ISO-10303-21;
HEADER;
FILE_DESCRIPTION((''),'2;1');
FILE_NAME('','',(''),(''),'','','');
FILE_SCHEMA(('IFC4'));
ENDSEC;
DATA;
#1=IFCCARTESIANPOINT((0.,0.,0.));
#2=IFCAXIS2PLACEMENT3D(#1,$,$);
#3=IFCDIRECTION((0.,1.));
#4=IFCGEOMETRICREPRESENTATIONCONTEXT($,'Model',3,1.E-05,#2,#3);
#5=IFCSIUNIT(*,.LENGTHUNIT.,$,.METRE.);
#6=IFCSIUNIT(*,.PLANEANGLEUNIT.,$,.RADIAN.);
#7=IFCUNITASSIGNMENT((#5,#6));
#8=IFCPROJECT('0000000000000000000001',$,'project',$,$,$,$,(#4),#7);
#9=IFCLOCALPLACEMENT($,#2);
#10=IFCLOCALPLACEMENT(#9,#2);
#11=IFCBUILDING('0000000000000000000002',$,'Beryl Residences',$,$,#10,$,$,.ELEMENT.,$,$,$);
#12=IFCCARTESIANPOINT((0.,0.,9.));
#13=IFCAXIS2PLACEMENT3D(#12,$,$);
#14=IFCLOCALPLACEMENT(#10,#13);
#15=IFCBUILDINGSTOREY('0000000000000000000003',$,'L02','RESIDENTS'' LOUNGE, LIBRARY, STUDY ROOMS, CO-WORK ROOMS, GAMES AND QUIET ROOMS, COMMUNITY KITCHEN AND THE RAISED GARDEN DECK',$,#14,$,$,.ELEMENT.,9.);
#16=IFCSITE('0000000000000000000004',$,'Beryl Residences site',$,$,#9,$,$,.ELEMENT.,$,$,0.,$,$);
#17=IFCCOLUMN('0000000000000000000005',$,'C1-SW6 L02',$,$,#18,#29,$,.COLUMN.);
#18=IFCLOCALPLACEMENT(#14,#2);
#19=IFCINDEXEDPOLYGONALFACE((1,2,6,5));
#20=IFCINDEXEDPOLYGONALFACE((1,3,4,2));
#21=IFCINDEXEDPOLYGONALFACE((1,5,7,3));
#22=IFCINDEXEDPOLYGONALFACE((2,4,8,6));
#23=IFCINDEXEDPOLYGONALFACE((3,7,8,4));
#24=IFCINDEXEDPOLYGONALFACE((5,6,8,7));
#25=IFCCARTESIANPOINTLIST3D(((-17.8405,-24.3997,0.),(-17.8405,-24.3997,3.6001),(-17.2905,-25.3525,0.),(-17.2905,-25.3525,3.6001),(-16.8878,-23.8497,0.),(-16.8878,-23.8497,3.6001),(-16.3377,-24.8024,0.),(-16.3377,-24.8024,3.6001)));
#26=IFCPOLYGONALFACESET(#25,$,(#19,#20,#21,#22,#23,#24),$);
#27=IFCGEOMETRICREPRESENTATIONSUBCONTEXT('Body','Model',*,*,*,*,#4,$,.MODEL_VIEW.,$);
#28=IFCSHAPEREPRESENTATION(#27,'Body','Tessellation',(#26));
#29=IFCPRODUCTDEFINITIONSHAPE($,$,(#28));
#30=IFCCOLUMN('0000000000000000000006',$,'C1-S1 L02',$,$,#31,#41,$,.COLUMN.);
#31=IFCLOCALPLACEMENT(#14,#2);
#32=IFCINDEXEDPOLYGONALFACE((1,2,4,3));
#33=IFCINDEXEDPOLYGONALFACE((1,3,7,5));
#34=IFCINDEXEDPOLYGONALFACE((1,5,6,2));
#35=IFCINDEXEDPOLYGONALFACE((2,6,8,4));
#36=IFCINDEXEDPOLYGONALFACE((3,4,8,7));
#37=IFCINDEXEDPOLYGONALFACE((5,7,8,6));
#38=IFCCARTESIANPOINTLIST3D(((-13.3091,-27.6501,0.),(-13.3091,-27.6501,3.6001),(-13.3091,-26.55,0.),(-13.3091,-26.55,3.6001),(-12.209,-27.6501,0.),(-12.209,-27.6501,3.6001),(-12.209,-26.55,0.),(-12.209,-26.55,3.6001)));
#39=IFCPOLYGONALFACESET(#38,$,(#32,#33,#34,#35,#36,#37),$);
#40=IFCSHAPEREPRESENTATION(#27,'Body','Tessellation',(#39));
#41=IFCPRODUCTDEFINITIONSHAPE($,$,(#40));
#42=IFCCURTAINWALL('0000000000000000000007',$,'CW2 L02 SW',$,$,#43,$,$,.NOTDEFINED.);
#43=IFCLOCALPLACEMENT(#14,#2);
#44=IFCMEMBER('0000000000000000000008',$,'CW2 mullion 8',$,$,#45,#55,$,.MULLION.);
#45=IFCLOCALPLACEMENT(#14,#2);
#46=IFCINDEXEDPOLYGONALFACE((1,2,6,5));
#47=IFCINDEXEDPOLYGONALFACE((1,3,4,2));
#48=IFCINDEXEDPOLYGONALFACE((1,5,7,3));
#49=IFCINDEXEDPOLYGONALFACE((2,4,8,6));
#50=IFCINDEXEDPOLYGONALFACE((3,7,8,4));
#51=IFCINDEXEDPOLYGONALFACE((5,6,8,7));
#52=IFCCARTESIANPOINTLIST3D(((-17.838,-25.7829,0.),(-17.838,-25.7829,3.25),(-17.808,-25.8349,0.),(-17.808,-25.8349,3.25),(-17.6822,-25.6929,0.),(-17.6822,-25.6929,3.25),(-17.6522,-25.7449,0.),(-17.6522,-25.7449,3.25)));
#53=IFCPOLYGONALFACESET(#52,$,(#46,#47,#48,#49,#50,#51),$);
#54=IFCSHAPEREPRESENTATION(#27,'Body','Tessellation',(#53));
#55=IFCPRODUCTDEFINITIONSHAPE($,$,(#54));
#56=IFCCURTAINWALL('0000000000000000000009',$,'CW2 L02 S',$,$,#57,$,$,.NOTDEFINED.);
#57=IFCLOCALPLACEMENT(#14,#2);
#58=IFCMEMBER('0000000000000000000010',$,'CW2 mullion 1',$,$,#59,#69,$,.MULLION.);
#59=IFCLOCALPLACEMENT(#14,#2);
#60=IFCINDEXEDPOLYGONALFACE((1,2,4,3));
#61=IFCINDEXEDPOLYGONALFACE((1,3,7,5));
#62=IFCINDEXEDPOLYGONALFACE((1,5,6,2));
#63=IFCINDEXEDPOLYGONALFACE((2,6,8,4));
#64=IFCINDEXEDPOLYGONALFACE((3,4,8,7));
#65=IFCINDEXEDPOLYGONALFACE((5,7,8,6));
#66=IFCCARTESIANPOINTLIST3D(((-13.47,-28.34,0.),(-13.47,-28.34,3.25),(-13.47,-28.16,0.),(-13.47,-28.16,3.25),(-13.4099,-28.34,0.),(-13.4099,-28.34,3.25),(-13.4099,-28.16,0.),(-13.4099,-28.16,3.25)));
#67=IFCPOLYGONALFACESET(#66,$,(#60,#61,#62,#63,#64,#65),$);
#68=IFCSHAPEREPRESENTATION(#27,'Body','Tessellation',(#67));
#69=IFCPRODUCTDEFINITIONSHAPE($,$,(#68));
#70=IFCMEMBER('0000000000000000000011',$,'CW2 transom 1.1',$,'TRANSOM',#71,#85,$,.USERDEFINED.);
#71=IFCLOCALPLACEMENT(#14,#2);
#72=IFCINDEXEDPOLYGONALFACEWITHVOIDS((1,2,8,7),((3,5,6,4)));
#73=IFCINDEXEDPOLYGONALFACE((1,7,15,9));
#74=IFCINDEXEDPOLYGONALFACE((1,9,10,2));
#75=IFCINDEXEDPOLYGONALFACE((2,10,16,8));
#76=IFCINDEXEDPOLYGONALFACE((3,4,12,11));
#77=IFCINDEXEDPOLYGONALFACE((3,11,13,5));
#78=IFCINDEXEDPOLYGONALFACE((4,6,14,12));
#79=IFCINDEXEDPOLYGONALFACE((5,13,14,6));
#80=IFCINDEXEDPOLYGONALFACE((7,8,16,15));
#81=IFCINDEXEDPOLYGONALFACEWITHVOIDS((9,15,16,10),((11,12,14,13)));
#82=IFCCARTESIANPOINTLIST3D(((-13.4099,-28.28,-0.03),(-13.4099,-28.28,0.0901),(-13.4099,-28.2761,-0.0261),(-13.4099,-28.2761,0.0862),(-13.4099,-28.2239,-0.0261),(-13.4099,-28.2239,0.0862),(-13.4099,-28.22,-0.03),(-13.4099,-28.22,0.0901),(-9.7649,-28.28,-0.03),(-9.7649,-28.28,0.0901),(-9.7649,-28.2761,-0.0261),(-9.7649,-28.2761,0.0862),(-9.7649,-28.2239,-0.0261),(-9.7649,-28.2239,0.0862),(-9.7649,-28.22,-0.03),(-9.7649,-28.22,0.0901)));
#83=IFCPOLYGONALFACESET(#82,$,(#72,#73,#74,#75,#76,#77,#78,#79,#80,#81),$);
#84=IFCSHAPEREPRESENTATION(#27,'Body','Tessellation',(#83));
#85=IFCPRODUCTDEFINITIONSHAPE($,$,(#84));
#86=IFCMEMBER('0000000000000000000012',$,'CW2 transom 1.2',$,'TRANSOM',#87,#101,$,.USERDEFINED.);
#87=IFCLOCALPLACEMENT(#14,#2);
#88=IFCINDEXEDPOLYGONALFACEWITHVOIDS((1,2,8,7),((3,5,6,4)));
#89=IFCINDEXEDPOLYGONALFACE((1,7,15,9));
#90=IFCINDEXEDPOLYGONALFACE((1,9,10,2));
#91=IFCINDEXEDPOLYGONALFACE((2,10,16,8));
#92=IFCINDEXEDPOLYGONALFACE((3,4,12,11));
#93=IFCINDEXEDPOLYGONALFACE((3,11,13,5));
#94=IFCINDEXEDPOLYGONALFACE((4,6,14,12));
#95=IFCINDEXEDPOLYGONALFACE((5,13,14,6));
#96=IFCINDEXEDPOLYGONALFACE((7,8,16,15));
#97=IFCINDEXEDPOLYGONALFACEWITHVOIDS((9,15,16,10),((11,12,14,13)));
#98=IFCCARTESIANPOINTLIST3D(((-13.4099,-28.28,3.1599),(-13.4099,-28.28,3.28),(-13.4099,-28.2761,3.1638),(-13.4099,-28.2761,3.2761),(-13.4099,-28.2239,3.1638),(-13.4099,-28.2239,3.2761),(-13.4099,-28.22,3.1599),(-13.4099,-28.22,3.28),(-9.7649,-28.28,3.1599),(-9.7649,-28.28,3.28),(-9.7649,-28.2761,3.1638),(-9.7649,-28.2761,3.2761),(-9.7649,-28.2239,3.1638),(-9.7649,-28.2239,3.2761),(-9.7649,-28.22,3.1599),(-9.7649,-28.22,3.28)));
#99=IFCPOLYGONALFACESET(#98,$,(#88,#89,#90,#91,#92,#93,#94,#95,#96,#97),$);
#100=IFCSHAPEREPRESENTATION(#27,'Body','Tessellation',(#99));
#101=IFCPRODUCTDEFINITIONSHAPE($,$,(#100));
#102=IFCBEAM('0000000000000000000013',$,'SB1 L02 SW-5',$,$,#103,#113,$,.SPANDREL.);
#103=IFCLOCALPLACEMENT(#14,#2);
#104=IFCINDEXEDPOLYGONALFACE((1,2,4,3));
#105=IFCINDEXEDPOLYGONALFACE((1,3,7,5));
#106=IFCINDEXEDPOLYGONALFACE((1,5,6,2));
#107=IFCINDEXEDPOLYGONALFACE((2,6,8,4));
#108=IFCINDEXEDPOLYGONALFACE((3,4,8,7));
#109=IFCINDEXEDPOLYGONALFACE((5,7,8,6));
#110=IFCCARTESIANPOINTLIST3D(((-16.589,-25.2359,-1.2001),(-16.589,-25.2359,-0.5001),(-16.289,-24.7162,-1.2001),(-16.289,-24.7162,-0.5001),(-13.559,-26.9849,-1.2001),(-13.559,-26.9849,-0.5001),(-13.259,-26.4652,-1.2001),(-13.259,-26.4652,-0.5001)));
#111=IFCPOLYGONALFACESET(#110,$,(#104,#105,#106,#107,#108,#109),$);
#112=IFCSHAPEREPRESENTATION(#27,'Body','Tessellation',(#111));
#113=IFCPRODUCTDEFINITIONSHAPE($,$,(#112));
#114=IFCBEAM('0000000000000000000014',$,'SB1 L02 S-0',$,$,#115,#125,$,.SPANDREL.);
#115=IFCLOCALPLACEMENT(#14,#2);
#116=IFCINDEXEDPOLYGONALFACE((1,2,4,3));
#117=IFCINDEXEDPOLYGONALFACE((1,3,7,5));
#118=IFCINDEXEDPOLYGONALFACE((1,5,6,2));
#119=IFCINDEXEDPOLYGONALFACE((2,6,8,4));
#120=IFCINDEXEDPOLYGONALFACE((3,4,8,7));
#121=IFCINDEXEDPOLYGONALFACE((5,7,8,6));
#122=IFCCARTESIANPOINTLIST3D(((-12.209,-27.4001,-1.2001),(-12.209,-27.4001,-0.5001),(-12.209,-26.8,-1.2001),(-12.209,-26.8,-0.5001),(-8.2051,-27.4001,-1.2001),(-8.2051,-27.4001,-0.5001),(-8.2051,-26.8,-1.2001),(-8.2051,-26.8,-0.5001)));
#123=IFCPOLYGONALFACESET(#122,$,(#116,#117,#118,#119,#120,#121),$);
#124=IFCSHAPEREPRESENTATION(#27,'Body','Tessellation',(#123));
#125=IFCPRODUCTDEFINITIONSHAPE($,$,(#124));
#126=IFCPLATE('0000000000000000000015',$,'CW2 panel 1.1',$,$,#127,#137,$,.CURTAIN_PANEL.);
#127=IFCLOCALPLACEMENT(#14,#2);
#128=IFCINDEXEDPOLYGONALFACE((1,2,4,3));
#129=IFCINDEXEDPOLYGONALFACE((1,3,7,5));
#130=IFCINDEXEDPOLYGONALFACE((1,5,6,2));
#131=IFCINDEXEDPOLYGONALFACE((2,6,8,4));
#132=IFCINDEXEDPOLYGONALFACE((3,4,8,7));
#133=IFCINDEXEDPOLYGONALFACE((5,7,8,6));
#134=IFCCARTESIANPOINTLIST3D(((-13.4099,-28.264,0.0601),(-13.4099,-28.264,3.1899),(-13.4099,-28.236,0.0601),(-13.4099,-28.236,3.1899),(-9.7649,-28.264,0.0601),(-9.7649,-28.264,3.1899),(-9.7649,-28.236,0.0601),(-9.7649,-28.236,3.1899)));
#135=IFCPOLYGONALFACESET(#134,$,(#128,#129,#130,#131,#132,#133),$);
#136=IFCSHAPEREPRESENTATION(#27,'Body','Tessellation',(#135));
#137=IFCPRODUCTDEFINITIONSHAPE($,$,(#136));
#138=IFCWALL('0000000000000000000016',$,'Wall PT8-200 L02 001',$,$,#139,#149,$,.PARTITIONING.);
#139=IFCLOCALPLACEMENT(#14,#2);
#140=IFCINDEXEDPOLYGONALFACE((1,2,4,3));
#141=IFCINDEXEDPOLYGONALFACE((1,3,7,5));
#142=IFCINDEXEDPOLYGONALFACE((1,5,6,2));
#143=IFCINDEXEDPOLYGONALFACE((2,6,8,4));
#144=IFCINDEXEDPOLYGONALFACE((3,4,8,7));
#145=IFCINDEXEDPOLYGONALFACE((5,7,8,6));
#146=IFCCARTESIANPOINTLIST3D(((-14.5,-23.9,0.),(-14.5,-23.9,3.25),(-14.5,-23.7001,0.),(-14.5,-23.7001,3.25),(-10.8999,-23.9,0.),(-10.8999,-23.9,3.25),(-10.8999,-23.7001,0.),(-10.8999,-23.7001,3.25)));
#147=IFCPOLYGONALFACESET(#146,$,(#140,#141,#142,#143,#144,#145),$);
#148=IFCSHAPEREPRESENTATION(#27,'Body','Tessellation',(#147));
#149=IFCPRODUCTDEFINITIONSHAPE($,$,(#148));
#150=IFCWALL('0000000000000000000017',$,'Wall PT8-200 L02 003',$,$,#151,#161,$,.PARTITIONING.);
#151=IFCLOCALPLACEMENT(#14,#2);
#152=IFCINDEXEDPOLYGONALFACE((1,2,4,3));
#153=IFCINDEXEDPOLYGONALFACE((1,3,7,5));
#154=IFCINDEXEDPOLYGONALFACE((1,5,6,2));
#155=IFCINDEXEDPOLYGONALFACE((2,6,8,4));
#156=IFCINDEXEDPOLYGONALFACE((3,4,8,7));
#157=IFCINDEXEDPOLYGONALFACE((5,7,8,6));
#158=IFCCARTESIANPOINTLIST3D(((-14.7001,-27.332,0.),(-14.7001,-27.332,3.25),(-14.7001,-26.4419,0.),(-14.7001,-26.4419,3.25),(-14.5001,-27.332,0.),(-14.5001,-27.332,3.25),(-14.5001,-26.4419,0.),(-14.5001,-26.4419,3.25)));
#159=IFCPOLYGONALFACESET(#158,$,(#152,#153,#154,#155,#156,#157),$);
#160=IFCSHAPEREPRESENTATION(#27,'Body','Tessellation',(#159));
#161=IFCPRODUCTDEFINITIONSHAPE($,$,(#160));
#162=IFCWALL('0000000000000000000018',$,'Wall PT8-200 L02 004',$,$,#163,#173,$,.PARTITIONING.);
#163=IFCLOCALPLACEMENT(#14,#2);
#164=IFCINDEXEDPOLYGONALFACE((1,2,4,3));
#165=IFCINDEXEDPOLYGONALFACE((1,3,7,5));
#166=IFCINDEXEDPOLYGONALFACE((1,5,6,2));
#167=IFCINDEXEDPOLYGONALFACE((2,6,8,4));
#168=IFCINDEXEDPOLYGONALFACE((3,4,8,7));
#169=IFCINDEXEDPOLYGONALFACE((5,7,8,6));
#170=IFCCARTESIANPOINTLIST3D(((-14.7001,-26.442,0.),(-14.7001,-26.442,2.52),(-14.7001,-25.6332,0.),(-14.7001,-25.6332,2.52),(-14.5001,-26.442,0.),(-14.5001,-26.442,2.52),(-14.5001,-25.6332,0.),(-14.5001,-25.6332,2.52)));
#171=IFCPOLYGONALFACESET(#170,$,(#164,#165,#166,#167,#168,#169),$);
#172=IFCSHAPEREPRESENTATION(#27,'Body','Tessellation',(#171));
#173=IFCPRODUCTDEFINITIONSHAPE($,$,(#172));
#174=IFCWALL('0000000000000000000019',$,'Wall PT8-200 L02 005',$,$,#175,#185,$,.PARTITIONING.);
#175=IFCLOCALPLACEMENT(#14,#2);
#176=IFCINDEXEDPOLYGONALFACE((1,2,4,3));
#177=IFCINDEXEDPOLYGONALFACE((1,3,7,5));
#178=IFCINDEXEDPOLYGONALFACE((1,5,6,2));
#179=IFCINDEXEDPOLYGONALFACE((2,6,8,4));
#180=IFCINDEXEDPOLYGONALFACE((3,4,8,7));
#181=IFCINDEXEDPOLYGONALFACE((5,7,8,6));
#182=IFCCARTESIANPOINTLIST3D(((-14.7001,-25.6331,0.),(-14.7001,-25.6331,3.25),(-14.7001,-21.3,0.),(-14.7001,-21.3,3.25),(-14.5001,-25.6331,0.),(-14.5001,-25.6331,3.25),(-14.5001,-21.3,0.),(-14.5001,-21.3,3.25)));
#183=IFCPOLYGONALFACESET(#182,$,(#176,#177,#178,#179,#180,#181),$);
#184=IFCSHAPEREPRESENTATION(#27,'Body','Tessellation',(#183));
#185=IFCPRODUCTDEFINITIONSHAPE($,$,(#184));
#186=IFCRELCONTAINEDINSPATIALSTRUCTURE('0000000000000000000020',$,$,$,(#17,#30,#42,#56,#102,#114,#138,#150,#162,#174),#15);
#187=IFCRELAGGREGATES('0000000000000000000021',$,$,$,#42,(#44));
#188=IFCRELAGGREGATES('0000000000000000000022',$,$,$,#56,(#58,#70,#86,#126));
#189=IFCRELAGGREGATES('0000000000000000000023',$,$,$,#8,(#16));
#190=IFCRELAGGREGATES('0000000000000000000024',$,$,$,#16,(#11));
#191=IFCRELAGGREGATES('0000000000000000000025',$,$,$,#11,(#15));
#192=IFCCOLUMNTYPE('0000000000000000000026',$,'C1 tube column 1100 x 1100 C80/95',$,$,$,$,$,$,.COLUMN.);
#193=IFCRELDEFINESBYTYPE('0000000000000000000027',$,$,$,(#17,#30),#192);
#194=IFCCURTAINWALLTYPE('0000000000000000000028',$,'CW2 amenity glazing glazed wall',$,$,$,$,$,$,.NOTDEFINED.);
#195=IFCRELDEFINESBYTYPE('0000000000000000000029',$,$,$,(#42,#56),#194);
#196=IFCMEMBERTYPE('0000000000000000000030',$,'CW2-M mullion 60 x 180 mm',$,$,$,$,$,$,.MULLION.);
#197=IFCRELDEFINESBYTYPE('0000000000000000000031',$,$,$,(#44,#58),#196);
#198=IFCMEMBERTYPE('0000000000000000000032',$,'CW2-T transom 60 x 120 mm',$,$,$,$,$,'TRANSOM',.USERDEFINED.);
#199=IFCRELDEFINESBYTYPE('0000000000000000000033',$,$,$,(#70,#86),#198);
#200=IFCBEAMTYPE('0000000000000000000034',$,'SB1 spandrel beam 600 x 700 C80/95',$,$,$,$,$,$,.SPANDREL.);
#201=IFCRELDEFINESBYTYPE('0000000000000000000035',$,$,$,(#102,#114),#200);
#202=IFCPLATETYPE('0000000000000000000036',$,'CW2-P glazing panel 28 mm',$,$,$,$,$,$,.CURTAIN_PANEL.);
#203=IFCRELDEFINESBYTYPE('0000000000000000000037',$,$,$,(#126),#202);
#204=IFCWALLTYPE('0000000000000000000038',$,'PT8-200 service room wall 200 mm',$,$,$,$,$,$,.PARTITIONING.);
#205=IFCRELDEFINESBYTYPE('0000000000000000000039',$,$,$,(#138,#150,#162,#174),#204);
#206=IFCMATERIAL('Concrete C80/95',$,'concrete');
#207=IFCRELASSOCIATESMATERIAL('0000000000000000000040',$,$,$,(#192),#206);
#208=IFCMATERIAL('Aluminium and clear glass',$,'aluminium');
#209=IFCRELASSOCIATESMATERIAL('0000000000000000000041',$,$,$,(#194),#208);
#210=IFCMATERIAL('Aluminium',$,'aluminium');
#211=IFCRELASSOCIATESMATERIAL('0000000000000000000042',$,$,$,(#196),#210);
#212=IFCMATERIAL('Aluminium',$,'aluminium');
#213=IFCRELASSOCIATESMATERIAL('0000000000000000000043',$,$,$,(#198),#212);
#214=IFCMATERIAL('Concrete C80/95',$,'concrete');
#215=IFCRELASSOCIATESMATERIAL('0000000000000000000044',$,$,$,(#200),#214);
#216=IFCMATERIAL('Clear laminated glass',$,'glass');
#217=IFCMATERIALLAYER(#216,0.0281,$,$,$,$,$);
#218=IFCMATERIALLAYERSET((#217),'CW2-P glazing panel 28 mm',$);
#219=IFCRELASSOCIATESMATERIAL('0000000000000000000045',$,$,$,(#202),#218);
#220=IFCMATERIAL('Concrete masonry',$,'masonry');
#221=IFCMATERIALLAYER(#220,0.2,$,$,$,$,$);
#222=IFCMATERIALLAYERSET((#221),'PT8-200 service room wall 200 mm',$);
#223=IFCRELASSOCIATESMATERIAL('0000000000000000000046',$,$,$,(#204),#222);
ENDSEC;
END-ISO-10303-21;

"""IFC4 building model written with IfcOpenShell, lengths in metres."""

from ifc_helpers import new_model, si_unit, direction, frame, frame_2d, origin, origin_2d, place, context, subcontext, project, spatial, rectangle, hollow_rectangle, extrude, material, layer, layer_set, material_profile, profile_set, type_object, element, aggregate, save


model = new_model("IFC4")

# Units and contexts
model_context = context("Model", 3, precision=1e-05, world=origin(), true_north=direction((0.0, 1.0)))
body_context = subcontext(model_context, "Body", "Model", "MODEL_VIEW")
ifc_project = project(units=[si_unit("LENGTHUNIT", "METRE"), si_unit("PLANEANGLEUNIT", "RADIAN")], contexts=[model_context])

# Site, building, storey
site_placement = place(None, origin())
site = spatial("IfcSite", under=ifc_project, at=site_placement, Name="Beryl Residences site", CompositionType="ELEMENT", RefElevation=0.0)
building_placement = place(site_placement, origin())
building = spatial("IfcBuilding", under=site, at=building_placement, Name="Beryl Residences", CompositionType="ELEMENT")
storey_placement = place(building_placement, frame((0.0, 0.0, 9.0)))
storey = spatial("IfcBuildingStorey", under=building, at=storey_placement, Name="L02", Description="RESIDENTS' LOUNGE, LIBRARY, STUDY ROOMS, CO-WORK ROOMS, GAMES AND QUIET ROOMS, COMMUNITY KITCHEN AND THE RAISED GARDEN DECK", CompositionType="ELEMENT", Elevation=9.0)

# Columns
ifc_material_1 = material(Name="Concrete C80/95", Category="concrete")
ifc_material_profile_1 = material_profile(ifc_material_1, rectangle(XDim=1.1001, YDim=1.1001, at=origin_2d()))
ifc_profile_set_1 = profile_set([ifc_material_profile_1], Name="Concrete C80/95")
column_type = type_object("IfcColumnType", Name="C1 tube column 1100 x 1100 C80/95", PredefinedType="COLUMN", material=ifc_profile_set_1)
for number, where, z_axis, x_axis, name in (
    (1, (-17.0891, -24.6011, 0.0), (0.0, 0.0, 1.0), (0.499985, -0.866034, 0.0), "C1-SW6 L02"),
    (2, (-12.759, -27.1001, 0.0), (0.0, 0.0, 1.0), (1.0, 0.0, 0.0), "C1-S1 L02"),
):
    element("IfcColumn", number, at=place(storey_placement, frame(where, z_axis=z_axis, x_axis=x_axis)), inside=storey, type_object=column_type, Name=name, PredefinedType="COLUMN", context=body_context, shape_type="SweptSolid", body=[
        extrude(rectangle(XDim=1.1001, YDim=1.1001, at=origin_2d()), origin(), (0.0, 0.0, 1.0), 3.6001),
    ])

# Curtain wall, member
ifc_material_2 = material(Name="Aluminium and clear glass", Category="aluminium")
curtain_wall_type = type_object("IfcCurtainWallType", Name="CW2 amenity glazing glazed wall", PredefinedType="NOTDEFINED", material=ifc_material_2)
curtain_wall_1_placement = place(storey_placement, origin())
curtain_wall_1 = element("IfcCurtainWall", 3, at=curtain_wall_1_placement, inside=storey, type_object=curtain_wall_type, Name="CW2 L02 SW", PredefinedType="NOTDEFINED")
ifc_material_3 = material(Name="Aluminium", Category="aluminium")
ifc_material_profile_2 = material_profile(ifc_material_3, rectangle(XDim=0.0601, YDim=0.1799, at=origin_2d()))
ifc_profile_set_2 = profile_set([ifc_material_profile_2], Name="Aluminium")
member_type_1 = type_object("IfcMemberType", Name="CW2-M mullion 60 x 180 mm", PredefinedType="MULLION", material=ifc_profile_set_2)
member_1_placement = place(storey_placement, frame((-17.7451, -25.7639, 0.0), z_axis=(0.0, 0.0, 1.0), x_axis=(0.500012, -0.866019, 0.0)))
member_1 = element("IfcMember", 4, at=member_1_placement, type_object=member_type_1, Name="CW2 mullion 8", PredefinedType="MULLION", context=body_context, shape_type="SweptSolid", body=[
    extrude(rectangle(XDim=0.0601, YDim=0.1799, at=origin_2d()), origin(), (0.0, 0.0, 1.0), 3.25),
])
aggregate(curtain_wall_1, [member_1])

# Curtain wall, members
curtain_wall_2_placement = place(storey_placement, origin())
curtain_wall_2 = element("IfcCurtainWall", 5, at=curtain_wall_2_placement, inside=storey, type_object=curtain_wall_type, Name="CW2 L02 S", PredefinedType="NOTDEFINED")
member_2_placement = place(storey_placement, frame((-13.4399, -28.25, 0.0), z_axis=(0.0, 0.0, 1.0), x_axis=(1.0, 0.0, 0.0)))
member_2 = element("IfcMember", 6, at=member_2_placement, type_object=member_type_1, Name="CW2 mullion 1", PredefinedType="MULLION", context=body_context, shape_type="SweptSolid", body=[
    extrude(rectangle(XDim=0.0601, YDim=0.1799, at=origin_2d()), origin(), (0.0, 0.0, 1.0), 3.25),
])
ifc_material_4 = material(Name="Aluminium", Category="aluminium")
ifc_material_profile_3 = material_profile(ifc_material_4, hollow_rectangle(XDim=0.0601, YDim=0.1201, WallThickness=0.0039, at=origin_2d()))
ifc_profile_set_3 = profile_set([ifc_material_profile_3], Name="Aluminium")
member_type_2 = type_object("IfcMemberType", Name="CW2-T transom 60 x 120 mm", ElementType="TRANSOM", PredefinedType="USERDEFINED", material=ifc_profile_set_3)
member_3_placement = place(storey_placement, frame((-13.4099, -28.25, 0.03), z_axis=(1.0, 0.0, 0.0), x_axis=(0.0, 1.0, 0.0)))
member_3 = element("IfcMember", 7, at=member_3_placement, type_object=member_type_2, Name="CW2 transom 1.1", ObjectType="TRANSOM", PredefinedType="USERDEFINED", context=body_context, shape_type="SweptSolid", body=[
    extrude(hollow_rectangle(XDim=0.0601, YDim=0.1201, WallThickness=0.0039, at=origin_2d()), origin(), (0.0, 0.0, 1.0), 3.645),
])
member_4_placement = place(storey_placement, frame((-13.4099, -28.25, 3.22), z_axis=(1.0, 0.0, 0.0), x_axis=(0.0, 1.0, 0.0)))
member_4 = element("IfcMember", 8, at=member_4_placement, type_object=member_type_2, Name="CW2 transom 1.2", ObjectType="TRANSOM", PredefinedType="USERDEFINED", context=body_context, shape_type="SweptSolid", body=[
    extrude(hollow_rectangle(XDim=0.0601, YDim=0.1201, WallThickness=0.0039, at=origin_2d()), origin(), (0.0, 0.0, 1.0), 3.645),
])

# Beams
ifc_material_5 = material(Name="Concrete C80/95", Category="concrete")
ifc_material_profile_4 = material_profile(ifc_material_5, rectangle(XDim=0.6001, YDim=0.7, at=origin_2d()))
ifc_profile_set_4 = profile_set([ifc_material_profile_4], Name="Concrete C80/95")
beam_type = type_object("IfcBeamType", Name="SB1 spandrel beam 600 x 700 C80/95", PredefinedType="SPANDREL", material=ifc_profile_set_4)
beam_1_placement = place(storey_placement, frame((-16.439, -24.9761, -0.8501), z_axis=(0.866071, -0.499922, 0.0), x_axis=(0.499922, 0.866071, 0.0)))
element("IfcBeam", 9, at=beam_1_placement, inside=storey, type_object=beam_type, Name="SB1 L02 SW-5", PredefinedType="SPANDREL", context=body_context, shape_type="SweptSolid", body=[
    extrude(rectangle(XDim=0.6001, YDim=0.7, at=origin_2d()), origin(), (0.0, 0.0, 1.0), 3.4985),
])
beam_2_placement = place(storey_placement, frame((-12.209, -27.1001, -0.8501), z_axis=(1.0, 0.0, 0.0), x_axis=(0.0, 1.0, 0.0)))
element("IfcBeam", 10, at=beam_2_placement, inside=storey, type_object=beam_type, Name="SB1 L02 S-0", PredefinedType="SPANDREL", context=body_context, shape_type="SweptSolid", body=[
    extrude(rectangle(XDim=0.6001, YDim=0.7, at=origin_2d()), origin(), (0.0, 0.0, 1.0), 4.0039),
])

# Plate
ifc_material_6 = material(Name="Clear laminated glass", Category="glass")
ifc_layer_1 = layer(ifc_material_6, 0.0281)
ifc_layer_set_1 = layer_set([ifc_layer_1], Name="CW2-P glazing panel 28 mm")
plate_type = type_object("IfcPlateType", Name="CW2-P glazing panel 28 mm", PredefinedType="CURTAIN_PANEL", material=ifc_layer_set_1)
plate_placement = place(storey_placement, frame((-11.5874, -28.25, 0.0601), z_axis=(0.0, 0.0, 1.0), x_axis=(1.0, 0.0, 0.0)))
plate = element("IfcPlate", 11, at=plate_placement, type_object=plate_type, Name="CW2 panel 1.1", PredefinedType="CURTAIN_PANEL", context=body_context, shape_type="SweptSolid", body=[
    extrude(rectangle(XDim=3.645, YDim=0.0281, at=origin_2d()), origin(), (0.0, 0.0, 1.0), 3.1299),
])
aggregate(curtain_wall_2, [member_2, member_3, member_4, plate])

# Walls
ifc_material_7 = material(Name="Concrete masonry", Category="masonry")
ifc_layer_2 = layer(ifc_material_7, 0.2)
ifc_layer_set_2 = layer_set([ifc_layer_2], Name="PT8-200 service room wall 200 mm")
wall_type_1 = type_object("IfcWallType", Name="PT8-200 service room wall 200 mm", PredefinedType="PARTITIONING", material=ifc_layer_set_2)
wall_1_placement = place(storey_placement, frame((-14.5, -23.8, 0.0), z_axis=(0.0, 0.0, 1.0), x_axis=(1.0, 0.0, 0.0)))
element("IfcWall", 12, at=wall_1_placement, inside=storey, type_object=wall_type_1, Name="Wall PT8-200 L02 001", PredefinedType="PARTITIONING", context=body_context, shape_type="SweptSolid", body=[
    extrude(rectangle(XDim=3.6001, YDim=0.2, at=frame_2d((1.8, 0.0))), origin(), (0.0, 0.0, 1.0), 3.25),
])
wall_2_placement = place(storey_placement, frame((-14.6001, -27.332, 0.0), z_axis=(0.0, 0.0, 1.0), x_axis=(0.0, 1.0, 0.0)))
element("IfcWall", 13, at=wall_2_placement, inside=storey, type_object=wall_type_1, Name="Wall PT8-200 L02 003", PredefinedType="PARTITIONING", context=body_context, shape_type="SweptSolid", body=[
    extrude(rectangle(XDim=0.8901, YDim=0.2, at=frame_2d((0.4451, 0.0))), origin(), (0.0, 0.0, 1.0), 3.25),
])
wall_3_placement = place(storey_placement, frame((-14.6001, -26.4419, 0.0), z_axis=(0.0, 0.0, 1.0), x_axis=(0.0, 1.0, 0.0)))
element("IfcWall", 14, at=wall_3_placement, inside=storey, type_object=wall_type_1, Name="Wall PT8-200 L02 004", PredefinedType="PARTITIONING", context=body_context, shape_type="SweptSolid", body=[
    extrude(rectangle(XDim=0.8088, YDim=0.2, at=frame_2d((0.4043, 0.0))), origin(), (0.0, 0.0, 1.0), 2.52),
])
wall_4_placement = place(storey_placement, frame((-14.6001, -25.6331, 0.0), z_axis=(0.0, 0.0, 1.0), x_axis=(0.0, 1.0, 0.0)))
element("IfcWall", 15, at=wall_4_placement, inside=storey, type_object=wall_type_1, Name="Wall PT8-200 L02 005", PredefinedType="PARTITIONING", context=body_context, shape_type="SweptSolid", body=[
    extrude(rectangle(XDim=4.333, YDim=0.2, at=frame_2d((2.1665, 0.0))), origin(), (0.0, 0.0, 1.0), 3.25),
])

save(model, "model.ifc")
